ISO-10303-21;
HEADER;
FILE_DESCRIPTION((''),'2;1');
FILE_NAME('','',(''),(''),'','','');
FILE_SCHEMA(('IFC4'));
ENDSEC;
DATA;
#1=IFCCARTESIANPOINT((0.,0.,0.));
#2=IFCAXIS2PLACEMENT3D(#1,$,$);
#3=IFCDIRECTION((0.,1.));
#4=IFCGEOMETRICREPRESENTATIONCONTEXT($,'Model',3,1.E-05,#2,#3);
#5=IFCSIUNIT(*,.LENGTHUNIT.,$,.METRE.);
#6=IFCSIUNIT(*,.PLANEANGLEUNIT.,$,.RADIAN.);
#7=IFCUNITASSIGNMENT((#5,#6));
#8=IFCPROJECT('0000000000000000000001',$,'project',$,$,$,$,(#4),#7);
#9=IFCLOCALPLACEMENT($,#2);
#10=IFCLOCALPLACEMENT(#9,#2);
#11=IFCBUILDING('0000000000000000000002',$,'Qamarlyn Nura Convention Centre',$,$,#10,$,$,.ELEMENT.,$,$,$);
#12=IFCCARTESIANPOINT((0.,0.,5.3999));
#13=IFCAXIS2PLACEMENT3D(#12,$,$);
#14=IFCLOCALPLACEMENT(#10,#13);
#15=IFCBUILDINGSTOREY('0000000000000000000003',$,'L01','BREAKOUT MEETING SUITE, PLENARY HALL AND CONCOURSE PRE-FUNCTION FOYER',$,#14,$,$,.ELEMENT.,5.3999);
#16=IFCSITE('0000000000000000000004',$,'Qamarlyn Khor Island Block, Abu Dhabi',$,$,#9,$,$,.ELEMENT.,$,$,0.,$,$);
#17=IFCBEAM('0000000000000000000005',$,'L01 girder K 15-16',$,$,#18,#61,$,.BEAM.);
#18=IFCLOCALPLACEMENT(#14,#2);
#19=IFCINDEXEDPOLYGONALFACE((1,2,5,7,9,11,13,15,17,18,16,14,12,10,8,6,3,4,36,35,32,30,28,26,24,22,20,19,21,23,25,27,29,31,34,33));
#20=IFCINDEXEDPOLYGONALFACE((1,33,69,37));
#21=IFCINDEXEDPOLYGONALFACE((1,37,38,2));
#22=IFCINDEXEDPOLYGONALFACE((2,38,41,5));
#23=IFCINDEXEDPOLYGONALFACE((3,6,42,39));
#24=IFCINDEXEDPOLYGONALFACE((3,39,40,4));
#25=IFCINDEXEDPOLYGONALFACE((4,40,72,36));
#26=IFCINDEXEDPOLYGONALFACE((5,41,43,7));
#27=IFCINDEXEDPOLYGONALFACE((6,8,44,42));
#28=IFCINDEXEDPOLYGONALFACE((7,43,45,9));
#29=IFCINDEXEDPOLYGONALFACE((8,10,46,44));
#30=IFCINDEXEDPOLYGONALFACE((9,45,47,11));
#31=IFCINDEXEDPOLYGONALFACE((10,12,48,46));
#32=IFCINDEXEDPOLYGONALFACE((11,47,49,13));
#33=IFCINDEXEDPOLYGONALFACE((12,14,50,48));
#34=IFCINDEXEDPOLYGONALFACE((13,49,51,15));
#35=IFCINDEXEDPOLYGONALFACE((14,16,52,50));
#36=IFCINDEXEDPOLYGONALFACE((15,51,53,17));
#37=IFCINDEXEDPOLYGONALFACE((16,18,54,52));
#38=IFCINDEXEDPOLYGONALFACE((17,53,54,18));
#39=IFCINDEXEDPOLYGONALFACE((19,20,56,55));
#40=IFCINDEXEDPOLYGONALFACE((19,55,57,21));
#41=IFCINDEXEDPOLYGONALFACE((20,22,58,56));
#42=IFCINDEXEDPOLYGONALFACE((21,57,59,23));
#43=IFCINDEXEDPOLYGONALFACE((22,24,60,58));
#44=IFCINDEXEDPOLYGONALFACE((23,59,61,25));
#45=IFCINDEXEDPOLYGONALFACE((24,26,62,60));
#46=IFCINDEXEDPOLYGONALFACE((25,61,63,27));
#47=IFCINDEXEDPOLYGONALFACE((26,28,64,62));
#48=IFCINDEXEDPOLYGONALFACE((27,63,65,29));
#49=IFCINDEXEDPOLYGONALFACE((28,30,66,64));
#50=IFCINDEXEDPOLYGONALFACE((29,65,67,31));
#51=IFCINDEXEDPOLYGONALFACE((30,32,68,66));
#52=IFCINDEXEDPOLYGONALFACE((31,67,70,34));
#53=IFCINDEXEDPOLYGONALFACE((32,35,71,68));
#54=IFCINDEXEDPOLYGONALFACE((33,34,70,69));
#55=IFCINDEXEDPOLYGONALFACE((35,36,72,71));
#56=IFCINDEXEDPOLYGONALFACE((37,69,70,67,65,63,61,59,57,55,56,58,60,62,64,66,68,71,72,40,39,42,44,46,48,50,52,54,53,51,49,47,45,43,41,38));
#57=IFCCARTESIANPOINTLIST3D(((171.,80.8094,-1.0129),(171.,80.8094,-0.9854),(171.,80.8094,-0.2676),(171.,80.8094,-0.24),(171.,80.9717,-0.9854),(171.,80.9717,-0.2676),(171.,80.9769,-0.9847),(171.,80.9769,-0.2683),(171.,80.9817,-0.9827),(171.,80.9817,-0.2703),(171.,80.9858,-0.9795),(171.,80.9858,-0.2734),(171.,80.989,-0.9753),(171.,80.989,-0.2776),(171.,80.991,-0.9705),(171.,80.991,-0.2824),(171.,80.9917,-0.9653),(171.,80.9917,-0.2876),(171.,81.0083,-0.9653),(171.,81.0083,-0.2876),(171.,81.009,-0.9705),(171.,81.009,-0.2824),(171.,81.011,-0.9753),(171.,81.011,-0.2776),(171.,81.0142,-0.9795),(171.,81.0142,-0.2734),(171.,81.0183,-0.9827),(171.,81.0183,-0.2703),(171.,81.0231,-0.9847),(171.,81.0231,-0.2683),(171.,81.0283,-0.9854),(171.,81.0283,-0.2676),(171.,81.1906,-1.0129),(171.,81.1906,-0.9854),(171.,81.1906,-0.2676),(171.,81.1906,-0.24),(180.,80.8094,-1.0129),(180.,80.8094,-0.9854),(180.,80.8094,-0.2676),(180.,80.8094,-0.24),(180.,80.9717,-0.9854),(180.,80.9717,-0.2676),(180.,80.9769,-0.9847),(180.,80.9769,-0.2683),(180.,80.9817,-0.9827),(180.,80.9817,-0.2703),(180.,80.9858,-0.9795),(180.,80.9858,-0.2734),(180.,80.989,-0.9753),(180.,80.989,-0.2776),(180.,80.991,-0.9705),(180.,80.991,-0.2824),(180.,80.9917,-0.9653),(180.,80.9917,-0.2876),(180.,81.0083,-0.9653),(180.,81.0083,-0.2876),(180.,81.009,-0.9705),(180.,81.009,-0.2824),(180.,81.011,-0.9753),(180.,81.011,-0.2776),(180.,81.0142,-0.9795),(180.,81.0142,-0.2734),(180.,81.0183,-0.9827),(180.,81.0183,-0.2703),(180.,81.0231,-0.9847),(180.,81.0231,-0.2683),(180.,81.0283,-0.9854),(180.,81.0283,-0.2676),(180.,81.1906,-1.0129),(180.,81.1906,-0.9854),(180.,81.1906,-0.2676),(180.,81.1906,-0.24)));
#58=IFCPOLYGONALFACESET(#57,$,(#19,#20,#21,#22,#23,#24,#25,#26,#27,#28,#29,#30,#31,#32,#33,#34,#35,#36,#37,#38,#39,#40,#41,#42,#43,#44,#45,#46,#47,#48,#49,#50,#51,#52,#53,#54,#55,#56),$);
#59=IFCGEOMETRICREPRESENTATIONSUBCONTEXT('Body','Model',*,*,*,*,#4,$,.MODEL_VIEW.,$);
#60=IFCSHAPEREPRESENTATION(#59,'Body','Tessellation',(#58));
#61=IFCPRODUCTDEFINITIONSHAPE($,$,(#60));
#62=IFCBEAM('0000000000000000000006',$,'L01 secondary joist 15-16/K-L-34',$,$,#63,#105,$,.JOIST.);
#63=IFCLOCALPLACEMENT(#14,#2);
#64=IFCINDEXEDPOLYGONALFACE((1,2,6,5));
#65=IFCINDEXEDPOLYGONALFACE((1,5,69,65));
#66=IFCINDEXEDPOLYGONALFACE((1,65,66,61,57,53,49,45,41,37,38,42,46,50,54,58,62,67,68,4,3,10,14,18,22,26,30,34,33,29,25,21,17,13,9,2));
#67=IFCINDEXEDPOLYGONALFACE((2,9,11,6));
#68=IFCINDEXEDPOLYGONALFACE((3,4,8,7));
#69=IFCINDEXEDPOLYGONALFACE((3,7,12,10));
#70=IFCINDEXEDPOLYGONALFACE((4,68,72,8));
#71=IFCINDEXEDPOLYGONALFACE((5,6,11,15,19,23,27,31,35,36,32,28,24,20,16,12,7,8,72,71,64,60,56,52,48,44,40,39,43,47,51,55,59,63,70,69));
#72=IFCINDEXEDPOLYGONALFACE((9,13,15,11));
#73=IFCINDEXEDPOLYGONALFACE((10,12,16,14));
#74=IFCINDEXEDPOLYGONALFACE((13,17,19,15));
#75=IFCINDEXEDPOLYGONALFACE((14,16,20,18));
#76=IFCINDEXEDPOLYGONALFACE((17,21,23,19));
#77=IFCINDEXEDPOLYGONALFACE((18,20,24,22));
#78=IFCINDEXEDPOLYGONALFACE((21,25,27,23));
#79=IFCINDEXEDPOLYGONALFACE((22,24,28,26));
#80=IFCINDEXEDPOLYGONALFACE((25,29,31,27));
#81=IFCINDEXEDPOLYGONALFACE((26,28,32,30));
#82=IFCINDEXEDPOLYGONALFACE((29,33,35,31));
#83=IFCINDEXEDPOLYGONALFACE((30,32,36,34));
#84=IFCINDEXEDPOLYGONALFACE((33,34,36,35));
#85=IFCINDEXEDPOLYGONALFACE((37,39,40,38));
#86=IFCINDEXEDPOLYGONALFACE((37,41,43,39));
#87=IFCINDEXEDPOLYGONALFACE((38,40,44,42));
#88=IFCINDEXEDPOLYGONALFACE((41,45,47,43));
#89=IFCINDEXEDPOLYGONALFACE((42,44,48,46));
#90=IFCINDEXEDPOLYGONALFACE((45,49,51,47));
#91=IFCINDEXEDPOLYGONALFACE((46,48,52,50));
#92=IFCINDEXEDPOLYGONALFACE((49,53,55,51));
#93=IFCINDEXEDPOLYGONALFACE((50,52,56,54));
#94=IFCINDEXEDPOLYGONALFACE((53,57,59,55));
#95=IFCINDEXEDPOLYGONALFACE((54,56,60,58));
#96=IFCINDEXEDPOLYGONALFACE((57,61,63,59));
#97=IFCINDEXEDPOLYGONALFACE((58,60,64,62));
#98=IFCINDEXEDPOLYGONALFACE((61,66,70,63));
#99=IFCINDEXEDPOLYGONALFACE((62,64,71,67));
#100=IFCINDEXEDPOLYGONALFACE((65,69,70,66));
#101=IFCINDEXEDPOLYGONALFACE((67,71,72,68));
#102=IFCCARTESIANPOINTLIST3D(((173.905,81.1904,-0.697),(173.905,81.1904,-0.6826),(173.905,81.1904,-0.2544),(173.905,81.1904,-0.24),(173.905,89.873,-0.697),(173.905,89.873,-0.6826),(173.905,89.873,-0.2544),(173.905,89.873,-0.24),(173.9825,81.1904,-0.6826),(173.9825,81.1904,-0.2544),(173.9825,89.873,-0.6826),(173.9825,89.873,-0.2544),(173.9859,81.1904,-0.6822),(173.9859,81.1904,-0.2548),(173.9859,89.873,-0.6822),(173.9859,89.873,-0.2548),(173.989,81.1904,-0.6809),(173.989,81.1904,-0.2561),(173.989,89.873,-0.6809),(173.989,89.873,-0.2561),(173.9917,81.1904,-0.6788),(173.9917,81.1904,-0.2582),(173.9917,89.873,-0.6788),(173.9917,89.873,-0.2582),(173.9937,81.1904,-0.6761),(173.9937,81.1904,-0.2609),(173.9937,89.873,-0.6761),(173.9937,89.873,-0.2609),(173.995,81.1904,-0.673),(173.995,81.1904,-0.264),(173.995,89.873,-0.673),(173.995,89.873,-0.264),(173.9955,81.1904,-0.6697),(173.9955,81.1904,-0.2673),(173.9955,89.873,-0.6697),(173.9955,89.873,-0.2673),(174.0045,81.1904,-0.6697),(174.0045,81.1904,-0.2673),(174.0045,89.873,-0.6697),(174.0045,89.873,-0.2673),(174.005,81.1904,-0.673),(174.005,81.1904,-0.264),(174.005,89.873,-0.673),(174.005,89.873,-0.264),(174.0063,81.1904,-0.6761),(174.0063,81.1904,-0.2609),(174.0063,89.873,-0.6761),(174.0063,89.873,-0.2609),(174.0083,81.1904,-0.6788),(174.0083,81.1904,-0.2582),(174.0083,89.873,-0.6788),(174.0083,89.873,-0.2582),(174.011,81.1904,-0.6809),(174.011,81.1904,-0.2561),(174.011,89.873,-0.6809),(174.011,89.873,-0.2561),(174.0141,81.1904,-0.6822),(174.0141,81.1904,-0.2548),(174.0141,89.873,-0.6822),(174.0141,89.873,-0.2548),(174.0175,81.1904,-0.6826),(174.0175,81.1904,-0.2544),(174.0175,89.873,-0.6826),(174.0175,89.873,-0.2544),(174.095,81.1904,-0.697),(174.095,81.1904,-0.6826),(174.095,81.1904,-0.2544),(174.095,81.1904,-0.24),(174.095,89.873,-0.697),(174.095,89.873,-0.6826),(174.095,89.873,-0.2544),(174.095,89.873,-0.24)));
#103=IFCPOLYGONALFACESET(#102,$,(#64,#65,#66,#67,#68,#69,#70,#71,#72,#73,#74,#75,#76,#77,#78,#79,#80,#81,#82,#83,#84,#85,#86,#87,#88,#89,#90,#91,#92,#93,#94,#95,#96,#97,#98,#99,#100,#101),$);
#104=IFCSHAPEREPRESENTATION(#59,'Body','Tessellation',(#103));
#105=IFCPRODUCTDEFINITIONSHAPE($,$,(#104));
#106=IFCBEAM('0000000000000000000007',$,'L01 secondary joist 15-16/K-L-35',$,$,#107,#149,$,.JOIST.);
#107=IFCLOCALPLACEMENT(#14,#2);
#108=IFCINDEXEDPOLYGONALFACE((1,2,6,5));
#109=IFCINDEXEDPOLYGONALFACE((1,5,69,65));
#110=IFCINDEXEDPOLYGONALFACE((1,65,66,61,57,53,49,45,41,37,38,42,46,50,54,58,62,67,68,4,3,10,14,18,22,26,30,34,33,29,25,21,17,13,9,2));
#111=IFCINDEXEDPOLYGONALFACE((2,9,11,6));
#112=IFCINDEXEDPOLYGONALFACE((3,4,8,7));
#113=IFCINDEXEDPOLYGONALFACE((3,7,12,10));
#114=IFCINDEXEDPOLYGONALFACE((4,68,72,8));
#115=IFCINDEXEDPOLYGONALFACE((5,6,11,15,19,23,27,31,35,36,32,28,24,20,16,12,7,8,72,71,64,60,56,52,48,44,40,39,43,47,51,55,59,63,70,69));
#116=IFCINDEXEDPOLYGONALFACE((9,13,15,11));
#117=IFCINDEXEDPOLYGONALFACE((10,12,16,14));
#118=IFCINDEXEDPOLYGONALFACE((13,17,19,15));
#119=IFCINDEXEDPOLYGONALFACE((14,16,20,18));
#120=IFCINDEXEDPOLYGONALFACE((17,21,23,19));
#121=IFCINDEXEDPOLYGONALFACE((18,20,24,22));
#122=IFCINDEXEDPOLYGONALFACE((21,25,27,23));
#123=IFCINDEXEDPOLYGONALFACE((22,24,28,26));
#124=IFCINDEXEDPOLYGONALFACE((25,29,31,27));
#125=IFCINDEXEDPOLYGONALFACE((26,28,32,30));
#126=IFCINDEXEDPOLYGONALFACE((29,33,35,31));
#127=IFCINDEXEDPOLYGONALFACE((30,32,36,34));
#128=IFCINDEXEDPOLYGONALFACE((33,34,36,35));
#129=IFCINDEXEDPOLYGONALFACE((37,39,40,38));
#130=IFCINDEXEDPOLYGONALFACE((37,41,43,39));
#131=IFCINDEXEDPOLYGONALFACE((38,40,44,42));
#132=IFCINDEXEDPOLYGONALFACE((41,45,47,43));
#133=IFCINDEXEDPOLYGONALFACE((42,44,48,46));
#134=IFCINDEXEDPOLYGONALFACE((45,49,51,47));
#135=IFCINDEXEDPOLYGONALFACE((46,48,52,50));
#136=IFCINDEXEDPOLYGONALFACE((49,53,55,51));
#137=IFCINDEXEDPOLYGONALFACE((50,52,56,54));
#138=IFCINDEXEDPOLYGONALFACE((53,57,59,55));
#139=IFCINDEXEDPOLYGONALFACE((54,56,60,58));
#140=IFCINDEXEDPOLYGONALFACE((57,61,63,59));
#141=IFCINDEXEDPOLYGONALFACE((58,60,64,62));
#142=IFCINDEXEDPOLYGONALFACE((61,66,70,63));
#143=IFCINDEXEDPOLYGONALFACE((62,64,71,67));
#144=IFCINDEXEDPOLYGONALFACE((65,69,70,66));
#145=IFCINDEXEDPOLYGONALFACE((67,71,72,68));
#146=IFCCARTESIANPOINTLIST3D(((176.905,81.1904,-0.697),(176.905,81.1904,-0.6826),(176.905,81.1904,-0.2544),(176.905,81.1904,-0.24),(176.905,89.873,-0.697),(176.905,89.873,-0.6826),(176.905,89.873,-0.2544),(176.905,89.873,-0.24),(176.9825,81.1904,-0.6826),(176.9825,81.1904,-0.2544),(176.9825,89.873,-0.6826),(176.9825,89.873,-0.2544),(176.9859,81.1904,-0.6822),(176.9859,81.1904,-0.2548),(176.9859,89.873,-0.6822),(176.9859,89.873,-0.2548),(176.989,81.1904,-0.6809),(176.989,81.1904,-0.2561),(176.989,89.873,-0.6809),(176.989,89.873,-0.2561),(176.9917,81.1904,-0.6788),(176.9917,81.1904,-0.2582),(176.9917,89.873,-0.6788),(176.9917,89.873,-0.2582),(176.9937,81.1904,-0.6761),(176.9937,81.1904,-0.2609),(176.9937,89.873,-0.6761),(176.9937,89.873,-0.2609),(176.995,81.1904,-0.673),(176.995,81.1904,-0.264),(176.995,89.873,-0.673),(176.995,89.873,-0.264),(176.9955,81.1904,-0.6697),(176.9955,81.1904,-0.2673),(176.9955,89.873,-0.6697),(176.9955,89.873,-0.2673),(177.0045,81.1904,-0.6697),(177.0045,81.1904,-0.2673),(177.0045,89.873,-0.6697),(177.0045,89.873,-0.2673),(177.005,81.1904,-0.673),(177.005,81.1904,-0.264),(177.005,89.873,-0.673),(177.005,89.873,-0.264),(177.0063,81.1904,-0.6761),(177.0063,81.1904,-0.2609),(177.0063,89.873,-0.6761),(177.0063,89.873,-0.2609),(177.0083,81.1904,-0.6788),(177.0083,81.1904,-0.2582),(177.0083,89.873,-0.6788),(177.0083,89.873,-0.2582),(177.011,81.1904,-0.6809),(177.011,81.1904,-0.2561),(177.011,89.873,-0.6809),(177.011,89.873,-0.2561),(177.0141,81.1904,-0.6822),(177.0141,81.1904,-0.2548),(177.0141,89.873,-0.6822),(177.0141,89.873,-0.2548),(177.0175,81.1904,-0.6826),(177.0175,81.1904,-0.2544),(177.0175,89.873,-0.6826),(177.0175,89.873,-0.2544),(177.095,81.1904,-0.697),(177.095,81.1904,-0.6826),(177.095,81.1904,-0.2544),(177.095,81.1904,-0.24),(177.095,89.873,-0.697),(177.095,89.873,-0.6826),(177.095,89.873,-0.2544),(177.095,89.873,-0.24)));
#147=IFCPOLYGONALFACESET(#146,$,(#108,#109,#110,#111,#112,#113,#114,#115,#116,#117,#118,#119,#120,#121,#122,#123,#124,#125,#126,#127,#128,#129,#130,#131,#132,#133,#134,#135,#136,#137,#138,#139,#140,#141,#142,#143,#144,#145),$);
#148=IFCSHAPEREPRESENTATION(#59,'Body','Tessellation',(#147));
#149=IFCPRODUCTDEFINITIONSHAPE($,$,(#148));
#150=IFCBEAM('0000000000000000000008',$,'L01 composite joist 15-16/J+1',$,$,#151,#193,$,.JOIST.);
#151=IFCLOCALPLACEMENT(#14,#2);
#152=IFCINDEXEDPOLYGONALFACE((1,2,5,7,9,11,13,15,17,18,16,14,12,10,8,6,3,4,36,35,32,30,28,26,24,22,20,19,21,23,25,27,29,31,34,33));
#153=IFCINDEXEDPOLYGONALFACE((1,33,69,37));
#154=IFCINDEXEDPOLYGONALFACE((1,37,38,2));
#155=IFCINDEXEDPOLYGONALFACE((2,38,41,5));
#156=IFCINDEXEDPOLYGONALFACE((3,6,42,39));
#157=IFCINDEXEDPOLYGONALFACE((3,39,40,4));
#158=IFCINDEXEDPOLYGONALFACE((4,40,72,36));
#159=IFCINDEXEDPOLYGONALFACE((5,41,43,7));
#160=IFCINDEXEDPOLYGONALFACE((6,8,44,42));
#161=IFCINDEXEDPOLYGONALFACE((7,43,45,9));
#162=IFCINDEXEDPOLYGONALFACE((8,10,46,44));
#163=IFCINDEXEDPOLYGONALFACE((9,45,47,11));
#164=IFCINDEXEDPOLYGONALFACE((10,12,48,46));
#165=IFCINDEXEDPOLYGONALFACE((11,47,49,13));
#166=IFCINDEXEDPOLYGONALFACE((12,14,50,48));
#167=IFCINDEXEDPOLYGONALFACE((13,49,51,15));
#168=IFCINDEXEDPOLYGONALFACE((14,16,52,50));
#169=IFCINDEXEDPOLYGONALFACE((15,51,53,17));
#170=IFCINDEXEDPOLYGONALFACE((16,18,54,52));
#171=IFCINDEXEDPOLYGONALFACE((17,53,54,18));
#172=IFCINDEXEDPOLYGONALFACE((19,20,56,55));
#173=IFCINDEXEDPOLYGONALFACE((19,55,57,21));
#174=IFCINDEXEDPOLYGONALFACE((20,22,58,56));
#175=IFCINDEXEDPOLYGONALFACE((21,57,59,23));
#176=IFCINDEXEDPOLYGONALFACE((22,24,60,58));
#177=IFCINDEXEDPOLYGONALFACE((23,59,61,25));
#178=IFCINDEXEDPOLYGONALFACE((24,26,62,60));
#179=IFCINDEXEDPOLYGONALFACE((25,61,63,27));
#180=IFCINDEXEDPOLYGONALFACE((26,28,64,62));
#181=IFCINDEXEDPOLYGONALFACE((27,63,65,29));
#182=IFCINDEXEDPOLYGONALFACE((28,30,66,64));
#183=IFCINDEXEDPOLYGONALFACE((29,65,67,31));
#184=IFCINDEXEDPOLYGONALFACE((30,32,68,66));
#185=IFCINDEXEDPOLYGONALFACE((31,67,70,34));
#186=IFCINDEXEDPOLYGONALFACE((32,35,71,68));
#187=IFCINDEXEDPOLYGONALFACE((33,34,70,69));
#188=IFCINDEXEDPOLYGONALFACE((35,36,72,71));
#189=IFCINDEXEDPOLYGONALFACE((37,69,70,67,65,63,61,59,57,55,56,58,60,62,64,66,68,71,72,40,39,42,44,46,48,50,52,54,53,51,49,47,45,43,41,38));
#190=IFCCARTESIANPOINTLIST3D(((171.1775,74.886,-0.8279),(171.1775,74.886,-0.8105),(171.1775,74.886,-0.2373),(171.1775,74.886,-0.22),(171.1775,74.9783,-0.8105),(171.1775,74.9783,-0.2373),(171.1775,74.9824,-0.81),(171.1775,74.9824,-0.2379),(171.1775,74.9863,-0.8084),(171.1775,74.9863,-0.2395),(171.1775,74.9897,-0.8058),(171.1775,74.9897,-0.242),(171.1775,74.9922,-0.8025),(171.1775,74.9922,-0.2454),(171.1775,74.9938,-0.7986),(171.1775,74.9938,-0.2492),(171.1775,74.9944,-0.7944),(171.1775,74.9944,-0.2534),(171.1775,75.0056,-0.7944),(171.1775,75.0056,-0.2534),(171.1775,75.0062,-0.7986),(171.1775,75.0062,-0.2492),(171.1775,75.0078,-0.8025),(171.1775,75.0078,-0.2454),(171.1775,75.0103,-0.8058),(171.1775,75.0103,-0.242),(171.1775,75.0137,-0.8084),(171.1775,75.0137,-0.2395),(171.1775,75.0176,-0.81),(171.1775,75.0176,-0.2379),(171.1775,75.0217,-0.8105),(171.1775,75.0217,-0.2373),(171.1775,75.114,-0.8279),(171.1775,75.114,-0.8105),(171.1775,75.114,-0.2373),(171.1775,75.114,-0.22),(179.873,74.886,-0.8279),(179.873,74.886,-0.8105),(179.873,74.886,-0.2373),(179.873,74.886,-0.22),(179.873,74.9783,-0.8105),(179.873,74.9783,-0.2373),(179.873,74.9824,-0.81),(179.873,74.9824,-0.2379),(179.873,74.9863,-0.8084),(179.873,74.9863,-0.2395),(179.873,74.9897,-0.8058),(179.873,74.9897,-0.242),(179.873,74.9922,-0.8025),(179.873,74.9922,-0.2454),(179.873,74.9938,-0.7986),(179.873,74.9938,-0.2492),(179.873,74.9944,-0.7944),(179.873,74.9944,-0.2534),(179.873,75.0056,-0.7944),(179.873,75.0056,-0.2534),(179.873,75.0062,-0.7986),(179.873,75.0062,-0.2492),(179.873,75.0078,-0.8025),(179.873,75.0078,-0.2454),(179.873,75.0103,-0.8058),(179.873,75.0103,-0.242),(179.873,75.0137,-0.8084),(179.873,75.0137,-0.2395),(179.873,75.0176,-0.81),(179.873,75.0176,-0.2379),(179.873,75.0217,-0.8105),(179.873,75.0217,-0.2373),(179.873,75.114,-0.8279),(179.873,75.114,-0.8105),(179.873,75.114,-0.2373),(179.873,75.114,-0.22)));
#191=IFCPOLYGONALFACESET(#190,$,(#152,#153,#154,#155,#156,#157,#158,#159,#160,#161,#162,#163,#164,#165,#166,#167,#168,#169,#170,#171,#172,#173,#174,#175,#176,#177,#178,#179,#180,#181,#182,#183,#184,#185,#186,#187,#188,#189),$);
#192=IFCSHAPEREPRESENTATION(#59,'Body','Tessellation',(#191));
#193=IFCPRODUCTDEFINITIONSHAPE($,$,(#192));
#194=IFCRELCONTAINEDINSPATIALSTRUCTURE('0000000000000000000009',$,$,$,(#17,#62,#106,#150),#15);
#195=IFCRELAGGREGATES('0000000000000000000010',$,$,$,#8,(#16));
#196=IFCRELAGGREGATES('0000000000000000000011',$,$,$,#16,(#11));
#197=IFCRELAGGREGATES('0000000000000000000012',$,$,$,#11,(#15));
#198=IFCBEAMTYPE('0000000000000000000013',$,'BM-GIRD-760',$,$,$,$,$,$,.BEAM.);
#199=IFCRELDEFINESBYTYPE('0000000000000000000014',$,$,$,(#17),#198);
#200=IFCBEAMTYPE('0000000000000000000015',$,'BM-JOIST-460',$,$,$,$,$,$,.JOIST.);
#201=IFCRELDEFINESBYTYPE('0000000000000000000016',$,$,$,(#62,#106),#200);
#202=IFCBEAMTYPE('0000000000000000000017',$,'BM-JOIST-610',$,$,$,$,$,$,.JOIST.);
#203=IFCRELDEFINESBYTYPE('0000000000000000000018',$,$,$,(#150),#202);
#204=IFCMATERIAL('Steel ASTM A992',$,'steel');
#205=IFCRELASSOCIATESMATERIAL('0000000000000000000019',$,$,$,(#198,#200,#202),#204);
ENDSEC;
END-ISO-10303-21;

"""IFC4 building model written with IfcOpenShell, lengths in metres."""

from ifc_helpers import new_model, si_unit, direction, frame, origin, origin_2d, place, context, subcontext, project, spatial, i_section, extrude, material, material_profile, profile_set, type_object, element, save


model = new_model("IFC4")

# Units and contexts
model_context = context("Model", 3, precision=1e-05, world=origin(), true_north=direction((0.0, 1.0)))
body_context = subcontext(model_context, "Body", "Model", "MODEL_VIEW")
ifc_project = project(units=[si_unit("LENGTHUNIT", "METRE"), si_unit("PLANEANGLEUNIT", "RADIAN")], contexts=[model_context])

# Site, building, storey
site_placement = place(None, origin())
site = spatial("IfcSite", under=ifc_project, at=site_placement, Name="Qamarlyn Khor Island Block, Abu Dhabi", CompositionType="ELEMENT", RefElevation=0.0)
building_placement = place(site_placement, origin())
building = spatial("IfcBuilding", under=site, at=building_placement, Name="Qamarlyn Nura Convention Centre", CompositionType="ELEMENT")
storey_placement = place(building_placement, frame((0.0, 0.0, 5.3999)))
storey = spatial("IfcBuildingStorey", under=building, at=storey_placement, Name="L01", Description="BREAKOUT MEETING SUITE, PLENARY HALL AND CONCOURSE PRE-FUNCTION FOYER", CompositionType="ELEMENT", Elevation=5.3999)

# Shared definitions
ifc_material_1 = material(Name="Steel ASTM A992", Category="steel")

# Beams
ifc_material_profile_1 = material_profile(ifc_material_1, i_section(OverallWidth=0.3811, OverallDepth=0.7729, WebThickness=0.0166, FlangeThickness=0.0276, FilletRadius=0.02, at=origin_2d()), Name="W760X257")
ifc_profile_set_1 = profile_set([ifc_material_profile_1], Name="Steel ASTM A992")
beam_type_1 = type_object("IfcBeamType", Name="BM-GIRD-760", PredefinedType="BEAM", material=ifc_profile_set_1)
beam_1_placement = place(storey_placement, frame((171.0, 81.0, -0.6265), z_axis=(1.0, 0.0, 0.0), x_axis=(0.0, 1.0, 0.0)))
element("IfcBeam", 1, at=beam_1_placement, inside=storey, type_object=beam_type_1, Name="L01 girder K 15-16", PredefinedType="BEAM", context=body_context, shape_type="SweptSolid", body=[
    extrude(i_section(OverallWidth=0.3811, OverallDepth=0.7729, WebThickness=0.0166, FlangeThickness=0.0276, FilletRadius=0.02, at=origin_2d()), origin(), (0.0, 0.0, 1.0), 9.0),
])
ifc_material_profile_2 = material_profile(ifc_material_1, i_section(OverallWidth=0.1899, OverallDepth=0.457, WebThickness=0.009, FlangeThickness=0.0144, FilletRadius=0.0129, at=origin_2d()), Name="W460X74")
ifc_profile_set_2 = profile_set([ifc_material_profile_2], Name="Steel ASTM A992")
beam_type_2 = type_object("IfcBeamType", Name="BM-JOIST-460", PredefinedType="JOIST", material=ifc_profile_set_2)
for number, where, z_axis, x_axis, name in (
    (2, (174.0, 81.1904, -0.4685), (0.0, 1.0, 0.0), (-1.0, 0.0, 0.0), "L01 secondary joist 15-16/K-L-34"),
    (3, (177.0, 81.1904, -0.4685), (0.0, 1.0, 0.0), (-1.0, 0.0, 0.0), "L01 secondary joist 15-16/K-L-35"),
):
    element("IfcBeam", number, at=place(storey_placement, frame(where, z_axis=z_axis, x_axis=x_axis)), inside=storey, type_object=beam_type_2, Name=name, PredefinedType="JOIST", context=body_context, shape_type="SweptSolid", body=[
        extrude(i_section(OverallWidth=0.1899, OverallDepth=0.457, WebThickness=0.009, FlangeThickness=0.0144, FilletRadius=0.0129, at=origin_2d()), origin(), (0.0, 0.0, 1.0), 8.6826),
    ])
ifc_material_profile_3 = material_profile(ifc_material_1, i_section(OverallWidth=0.228, OverallDepth=0.6079, WebThickness=0.0112, FlangeThickness=0.0173, FilletRadius=0.0161, at=origin_2d()), Name="W610X113")
ifc_profile_set_3 = profile_set([ifc_material_profile_3], Name="Steel ASTM A992")
beam_type_3 = type_object("IfcBeamType", Name="BM-JOIST-610", PredefinedType="JOIST", material=ifc_profile_set_3)
for number, where, z_axis, x_axis, name in (
    (4, (171.1775, 75.0, -0.5239), (1.0, 0.0, 0.0), (0.0, 1.0, 0.0), "L01 composite joist 15-16/J+1"),
):
    element("IfcBeam", number, at=place(storey_placement, frame(where, z_axis=z_axis, x_axis=x_axis)), inside=storey, type_object=beam_type_3, Name=name, PredefinedType="JOIST", context=body_context, shape_type="SweptSolid", body=[
        extrude(i_section(OverallWidth=0.228, OverallDepth=0.6079, WebThickness=0.0112, FlangeThickness=0.0173, FilletRadius=0.0161, at=origin_2d()), origin(), (0.0, 0.0, 1.0), 8.6956),
    ])

save(model, "model.ifc")
